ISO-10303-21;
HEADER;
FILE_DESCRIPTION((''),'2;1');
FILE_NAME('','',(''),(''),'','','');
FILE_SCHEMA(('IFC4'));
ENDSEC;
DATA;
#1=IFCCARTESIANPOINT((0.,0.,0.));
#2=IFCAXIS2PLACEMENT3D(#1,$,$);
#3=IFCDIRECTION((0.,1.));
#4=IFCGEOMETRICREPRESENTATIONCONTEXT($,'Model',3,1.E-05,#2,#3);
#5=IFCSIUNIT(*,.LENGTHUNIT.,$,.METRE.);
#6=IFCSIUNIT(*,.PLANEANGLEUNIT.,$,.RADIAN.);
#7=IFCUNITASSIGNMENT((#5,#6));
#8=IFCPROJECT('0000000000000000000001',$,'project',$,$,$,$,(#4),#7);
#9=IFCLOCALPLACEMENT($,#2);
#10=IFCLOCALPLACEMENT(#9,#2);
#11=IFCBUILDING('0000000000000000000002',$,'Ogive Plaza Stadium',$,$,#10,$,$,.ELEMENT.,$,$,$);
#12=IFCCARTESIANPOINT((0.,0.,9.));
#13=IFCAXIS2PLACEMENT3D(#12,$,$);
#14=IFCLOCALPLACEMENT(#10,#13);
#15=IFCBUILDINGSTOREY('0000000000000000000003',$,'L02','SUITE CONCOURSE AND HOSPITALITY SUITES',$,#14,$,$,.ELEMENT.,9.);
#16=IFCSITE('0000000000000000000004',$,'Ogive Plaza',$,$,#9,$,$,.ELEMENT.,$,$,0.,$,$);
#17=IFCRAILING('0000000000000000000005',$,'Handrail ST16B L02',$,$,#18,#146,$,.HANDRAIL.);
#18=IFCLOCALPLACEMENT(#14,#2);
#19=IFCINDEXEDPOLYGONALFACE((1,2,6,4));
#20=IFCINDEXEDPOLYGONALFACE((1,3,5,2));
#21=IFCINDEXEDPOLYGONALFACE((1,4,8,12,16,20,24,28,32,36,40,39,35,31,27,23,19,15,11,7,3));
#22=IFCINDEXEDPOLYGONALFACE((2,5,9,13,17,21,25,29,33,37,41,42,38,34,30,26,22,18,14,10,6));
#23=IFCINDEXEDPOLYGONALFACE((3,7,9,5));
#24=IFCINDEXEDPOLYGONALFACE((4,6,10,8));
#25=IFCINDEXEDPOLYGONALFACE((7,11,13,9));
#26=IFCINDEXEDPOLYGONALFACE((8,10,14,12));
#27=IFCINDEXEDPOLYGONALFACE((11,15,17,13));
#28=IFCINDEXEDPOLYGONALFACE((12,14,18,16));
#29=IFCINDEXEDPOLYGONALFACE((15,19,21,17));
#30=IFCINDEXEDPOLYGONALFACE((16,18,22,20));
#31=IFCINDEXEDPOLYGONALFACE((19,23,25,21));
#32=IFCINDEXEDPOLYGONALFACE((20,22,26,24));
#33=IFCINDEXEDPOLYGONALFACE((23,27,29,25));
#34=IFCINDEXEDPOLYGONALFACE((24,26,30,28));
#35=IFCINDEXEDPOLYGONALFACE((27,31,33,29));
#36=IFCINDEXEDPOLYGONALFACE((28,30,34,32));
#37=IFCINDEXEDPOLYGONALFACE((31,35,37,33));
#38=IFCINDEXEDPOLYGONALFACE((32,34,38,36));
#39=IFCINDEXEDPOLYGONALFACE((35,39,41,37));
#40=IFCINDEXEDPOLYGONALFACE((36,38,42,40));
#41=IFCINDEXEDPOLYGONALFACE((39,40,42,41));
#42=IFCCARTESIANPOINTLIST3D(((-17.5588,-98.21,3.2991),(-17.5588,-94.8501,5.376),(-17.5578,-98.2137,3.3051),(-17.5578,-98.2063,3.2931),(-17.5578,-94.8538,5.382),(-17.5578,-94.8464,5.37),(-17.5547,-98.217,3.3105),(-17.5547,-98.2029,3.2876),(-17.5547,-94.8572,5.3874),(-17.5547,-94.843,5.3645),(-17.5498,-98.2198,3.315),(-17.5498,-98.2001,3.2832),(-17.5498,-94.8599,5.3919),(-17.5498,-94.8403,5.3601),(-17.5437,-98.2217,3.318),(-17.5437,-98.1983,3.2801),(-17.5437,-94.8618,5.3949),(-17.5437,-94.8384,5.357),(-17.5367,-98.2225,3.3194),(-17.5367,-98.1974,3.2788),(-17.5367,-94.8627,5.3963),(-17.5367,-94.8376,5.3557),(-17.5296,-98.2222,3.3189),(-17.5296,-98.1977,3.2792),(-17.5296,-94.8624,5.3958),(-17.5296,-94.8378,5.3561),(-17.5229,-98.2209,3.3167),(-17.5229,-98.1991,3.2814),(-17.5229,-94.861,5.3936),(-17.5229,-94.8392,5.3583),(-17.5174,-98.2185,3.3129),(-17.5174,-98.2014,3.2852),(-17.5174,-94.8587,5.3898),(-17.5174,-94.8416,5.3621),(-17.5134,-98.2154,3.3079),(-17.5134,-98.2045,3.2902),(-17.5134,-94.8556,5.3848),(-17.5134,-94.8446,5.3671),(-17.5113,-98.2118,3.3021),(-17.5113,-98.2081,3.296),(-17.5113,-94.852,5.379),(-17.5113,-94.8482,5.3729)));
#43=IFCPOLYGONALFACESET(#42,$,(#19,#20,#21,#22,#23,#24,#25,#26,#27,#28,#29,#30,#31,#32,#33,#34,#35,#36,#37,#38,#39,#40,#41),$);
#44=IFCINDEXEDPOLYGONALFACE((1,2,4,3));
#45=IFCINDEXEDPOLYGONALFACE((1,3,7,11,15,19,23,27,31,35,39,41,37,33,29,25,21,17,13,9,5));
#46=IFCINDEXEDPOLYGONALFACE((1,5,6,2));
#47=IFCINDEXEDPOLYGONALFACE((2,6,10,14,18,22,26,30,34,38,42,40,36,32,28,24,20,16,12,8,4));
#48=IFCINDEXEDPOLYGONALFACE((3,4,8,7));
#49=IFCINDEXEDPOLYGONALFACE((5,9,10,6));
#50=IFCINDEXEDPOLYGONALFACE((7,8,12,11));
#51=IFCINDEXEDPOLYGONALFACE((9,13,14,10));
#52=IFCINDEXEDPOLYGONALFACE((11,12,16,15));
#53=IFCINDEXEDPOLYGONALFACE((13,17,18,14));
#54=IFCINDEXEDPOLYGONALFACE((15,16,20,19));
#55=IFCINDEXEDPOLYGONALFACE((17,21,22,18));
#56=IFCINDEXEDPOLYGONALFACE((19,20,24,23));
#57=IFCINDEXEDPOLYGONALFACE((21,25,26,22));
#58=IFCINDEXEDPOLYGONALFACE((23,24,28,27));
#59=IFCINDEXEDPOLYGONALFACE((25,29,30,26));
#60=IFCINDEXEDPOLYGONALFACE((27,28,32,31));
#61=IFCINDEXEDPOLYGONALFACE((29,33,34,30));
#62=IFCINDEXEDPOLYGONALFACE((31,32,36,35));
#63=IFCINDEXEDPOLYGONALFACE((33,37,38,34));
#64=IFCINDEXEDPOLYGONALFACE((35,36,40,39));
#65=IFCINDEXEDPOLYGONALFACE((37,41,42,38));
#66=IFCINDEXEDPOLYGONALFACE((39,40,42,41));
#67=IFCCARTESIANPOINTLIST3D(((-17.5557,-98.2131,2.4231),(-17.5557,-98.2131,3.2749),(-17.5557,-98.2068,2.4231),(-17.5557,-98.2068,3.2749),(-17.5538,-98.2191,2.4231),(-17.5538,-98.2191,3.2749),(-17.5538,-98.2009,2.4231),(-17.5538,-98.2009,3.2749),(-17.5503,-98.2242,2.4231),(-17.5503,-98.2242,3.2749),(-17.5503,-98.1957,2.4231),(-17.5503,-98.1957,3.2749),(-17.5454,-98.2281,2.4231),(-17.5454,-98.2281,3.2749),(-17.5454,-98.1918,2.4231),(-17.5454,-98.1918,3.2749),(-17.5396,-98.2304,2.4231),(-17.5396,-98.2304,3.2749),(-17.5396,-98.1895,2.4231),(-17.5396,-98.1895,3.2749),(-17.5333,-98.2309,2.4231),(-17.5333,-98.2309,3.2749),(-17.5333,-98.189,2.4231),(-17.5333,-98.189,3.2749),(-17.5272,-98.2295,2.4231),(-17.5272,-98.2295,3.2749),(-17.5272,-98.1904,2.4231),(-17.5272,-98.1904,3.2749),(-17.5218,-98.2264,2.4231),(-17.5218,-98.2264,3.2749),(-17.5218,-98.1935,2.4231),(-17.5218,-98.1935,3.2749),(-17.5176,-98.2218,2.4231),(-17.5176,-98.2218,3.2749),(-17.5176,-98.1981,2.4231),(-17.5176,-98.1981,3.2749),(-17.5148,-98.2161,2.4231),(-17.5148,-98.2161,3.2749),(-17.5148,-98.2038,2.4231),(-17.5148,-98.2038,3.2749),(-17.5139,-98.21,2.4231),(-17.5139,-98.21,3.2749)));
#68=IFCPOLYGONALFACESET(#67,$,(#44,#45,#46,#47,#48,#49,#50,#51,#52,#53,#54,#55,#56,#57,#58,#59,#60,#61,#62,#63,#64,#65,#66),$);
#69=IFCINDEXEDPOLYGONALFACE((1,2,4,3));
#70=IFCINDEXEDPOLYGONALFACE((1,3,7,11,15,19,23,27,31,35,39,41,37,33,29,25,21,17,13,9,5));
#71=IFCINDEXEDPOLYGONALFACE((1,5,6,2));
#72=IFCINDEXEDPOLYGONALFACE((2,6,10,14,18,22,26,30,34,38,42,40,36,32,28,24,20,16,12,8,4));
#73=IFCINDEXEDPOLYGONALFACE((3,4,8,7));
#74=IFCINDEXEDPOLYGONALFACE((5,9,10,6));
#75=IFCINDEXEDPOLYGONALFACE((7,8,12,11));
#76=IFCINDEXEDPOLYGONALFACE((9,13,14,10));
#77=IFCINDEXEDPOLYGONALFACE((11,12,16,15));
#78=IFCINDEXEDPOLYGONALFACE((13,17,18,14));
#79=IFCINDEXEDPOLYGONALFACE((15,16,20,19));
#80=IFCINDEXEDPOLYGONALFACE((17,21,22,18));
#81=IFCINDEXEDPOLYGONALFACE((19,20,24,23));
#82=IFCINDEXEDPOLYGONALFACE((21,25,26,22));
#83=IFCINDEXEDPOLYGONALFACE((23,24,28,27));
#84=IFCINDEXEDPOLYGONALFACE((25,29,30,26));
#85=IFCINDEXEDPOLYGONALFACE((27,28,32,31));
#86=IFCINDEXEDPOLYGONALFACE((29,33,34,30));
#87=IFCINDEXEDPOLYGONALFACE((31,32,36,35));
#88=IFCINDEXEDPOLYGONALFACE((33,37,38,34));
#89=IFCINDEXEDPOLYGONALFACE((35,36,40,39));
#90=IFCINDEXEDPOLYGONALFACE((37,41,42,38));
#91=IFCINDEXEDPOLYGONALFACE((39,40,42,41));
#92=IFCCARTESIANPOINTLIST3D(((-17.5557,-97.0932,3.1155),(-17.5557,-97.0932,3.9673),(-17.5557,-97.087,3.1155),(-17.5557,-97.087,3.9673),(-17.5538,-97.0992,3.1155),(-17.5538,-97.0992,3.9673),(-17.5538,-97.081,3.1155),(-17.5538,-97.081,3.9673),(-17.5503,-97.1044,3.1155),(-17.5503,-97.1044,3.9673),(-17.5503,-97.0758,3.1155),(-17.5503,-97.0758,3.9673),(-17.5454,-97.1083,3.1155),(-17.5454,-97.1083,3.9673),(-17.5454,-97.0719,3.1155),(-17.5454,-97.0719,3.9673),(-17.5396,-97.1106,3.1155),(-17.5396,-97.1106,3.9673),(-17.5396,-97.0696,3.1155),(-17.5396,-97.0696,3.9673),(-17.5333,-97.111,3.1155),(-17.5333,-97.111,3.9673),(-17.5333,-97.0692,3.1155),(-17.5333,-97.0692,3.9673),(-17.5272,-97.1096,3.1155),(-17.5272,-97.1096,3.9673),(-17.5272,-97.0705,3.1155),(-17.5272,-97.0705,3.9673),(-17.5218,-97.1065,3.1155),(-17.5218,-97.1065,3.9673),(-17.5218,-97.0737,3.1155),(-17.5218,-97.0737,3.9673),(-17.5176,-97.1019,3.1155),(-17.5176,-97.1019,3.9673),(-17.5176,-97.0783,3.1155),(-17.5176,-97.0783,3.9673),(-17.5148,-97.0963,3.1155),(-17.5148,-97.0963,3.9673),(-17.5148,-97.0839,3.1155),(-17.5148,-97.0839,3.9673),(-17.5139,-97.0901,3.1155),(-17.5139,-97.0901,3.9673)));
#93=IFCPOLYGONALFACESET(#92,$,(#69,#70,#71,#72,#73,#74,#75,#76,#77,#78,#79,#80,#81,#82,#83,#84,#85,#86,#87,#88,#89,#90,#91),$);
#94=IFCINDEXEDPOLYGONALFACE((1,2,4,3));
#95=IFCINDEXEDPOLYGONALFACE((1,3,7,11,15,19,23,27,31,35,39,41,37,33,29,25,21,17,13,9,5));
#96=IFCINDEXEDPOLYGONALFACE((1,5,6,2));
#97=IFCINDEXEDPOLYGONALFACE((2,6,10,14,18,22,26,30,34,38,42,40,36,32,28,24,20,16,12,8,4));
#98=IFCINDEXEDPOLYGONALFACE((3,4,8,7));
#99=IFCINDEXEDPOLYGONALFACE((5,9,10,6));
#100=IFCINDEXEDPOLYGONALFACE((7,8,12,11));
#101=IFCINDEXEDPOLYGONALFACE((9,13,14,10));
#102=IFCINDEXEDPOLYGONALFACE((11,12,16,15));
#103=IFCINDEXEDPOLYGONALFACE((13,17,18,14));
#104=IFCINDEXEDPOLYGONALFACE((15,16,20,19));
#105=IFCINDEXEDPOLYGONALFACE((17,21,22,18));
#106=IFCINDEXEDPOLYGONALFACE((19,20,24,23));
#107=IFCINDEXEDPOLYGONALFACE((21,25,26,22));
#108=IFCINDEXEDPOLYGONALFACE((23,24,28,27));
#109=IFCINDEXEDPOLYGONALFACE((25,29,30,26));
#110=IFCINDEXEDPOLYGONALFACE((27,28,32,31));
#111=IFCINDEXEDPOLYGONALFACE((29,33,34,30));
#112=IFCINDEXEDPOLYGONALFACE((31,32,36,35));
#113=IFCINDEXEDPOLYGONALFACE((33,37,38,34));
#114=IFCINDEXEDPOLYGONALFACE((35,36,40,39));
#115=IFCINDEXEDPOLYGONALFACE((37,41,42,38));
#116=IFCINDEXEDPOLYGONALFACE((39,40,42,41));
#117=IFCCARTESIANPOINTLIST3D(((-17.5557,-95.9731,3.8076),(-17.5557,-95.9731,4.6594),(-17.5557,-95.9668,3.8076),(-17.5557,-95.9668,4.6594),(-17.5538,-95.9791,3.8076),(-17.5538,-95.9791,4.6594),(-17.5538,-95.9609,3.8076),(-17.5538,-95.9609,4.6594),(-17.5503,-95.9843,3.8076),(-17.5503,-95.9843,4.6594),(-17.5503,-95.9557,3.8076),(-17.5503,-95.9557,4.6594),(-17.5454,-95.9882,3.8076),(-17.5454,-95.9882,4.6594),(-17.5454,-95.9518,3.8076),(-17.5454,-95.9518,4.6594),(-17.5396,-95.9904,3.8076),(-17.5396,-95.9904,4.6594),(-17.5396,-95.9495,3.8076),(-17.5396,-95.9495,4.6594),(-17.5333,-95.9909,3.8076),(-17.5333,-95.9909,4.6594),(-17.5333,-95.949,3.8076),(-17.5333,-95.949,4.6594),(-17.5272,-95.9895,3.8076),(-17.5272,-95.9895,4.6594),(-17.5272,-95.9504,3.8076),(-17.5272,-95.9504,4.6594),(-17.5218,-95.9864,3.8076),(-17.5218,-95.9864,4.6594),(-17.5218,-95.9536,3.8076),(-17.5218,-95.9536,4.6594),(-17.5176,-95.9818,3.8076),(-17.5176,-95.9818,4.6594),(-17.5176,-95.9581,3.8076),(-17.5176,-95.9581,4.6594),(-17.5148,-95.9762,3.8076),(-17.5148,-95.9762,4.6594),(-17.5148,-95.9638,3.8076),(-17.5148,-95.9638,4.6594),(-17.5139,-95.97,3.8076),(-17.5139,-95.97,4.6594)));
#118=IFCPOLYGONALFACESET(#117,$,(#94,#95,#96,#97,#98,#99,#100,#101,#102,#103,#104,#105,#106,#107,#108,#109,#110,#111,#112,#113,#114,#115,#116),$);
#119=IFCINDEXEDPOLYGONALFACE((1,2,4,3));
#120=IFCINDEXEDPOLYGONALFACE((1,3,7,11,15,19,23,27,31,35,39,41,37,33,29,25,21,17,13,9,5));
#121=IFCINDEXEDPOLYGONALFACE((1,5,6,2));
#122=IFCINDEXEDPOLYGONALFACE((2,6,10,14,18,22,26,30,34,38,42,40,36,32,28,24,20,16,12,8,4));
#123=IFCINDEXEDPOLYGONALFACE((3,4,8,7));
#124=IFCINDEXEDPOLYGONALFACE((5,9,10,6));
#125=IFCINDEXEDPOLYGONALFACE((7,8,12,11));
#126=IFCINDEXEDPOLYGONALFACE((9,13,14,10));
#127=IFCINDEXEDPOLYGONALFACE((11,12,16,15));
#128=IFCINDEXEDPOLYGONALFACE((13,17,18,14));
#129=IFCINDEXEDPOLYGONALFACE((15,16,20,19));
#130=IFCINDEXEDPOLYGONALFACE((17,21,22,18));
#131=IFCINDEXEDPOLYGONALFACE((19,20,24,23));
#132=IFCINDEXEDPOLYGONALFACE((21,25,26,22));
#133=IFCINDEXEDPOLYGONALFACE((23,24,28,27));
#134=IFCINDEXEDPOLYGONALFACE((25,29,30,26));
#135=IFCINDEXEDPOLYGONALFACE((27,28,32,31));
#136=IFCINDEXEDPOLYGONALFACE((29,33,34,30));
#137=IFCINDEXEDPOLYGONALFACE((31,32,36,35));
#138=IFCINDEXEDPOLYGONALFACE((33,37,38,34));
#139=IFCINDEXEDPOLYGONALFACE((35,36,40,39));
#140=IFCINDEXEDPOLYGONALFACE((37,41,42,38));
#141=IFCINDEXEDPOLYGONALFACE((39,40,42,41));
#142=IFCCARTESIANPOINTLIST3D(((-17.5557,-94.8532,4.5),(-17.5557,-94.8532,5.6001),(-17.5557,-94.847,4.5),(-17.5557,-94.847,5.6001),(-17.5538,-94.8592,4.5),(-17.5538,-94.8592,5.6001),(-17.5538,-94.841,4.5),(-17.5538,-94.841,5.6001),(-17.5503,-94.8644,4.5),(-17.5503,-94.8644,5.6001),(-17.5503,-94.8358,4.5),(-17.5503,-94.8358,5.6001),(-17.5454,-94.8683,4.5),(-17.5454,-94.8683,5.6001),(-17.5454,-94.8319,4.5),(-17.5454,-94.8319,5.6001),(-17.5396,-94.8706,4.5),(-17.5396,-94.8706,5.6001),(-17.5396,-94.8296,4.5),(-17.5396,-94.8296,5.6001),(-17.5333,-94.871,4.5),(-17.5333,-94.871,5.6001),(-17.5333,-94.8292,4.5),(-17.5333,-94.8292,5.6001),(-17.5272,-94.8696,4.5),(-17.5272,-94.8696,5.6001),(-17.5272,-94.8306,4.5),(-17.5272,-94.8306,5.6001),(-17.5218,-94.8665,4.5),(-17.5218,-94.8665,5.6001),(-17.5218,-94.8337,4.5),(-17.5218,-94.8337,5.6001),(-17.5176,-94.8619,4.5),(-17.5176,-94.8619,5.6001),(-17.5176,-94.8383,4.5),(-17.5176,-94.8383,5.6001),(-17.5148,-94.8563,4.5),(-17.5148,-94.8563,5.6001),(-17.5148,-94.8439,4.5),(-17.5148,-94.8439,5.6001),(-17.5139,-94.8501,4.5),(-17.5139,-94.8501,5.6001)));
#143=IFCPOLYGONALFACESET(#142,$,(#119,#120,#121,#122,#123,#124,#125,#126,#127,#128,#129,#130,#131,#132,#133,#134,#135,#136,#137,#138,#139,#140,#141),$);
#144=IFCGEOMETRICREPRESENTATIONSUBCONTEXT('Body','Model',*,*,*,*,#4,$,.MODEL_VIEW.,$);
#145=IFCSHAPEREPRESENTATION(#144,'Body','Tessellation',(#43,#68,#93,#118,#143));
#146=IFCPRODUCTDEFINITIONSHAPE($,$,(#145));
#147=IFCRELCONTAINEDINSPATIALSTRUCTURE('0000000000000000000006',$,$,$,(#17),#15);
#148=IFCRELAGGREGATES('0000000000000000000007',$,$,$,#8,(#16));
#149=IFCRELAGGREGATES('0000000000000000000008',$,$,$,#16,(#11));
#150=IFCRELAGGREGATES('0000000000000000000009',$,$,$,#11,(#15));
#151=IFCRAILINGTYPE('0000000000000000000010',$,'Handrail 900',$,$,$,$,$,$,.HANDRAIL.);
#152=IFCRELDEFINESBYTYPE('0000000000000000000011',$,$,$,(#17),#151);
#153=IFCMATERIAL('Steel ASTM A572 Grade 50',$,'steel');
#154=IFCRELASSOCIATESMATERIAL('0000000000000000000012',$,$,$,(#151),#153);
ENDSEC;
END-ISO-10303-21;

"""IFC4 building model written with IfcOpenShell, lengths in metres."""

from ifc_helpers import new_model, si_unit, direction, frame, origin, origin_2d, place, context, subcontext, project, spatial, circle, extrude, material, type_object, element, save


model = new_model("IFC4")

# Units and contexts
model_context = context("Model", 3, precision=1e-05, world=origin(), true_north=direction((0.0, 1.0)))
body_context = subcontext(model_context, "Body", "Model", "MODEL_VIEW")
ifc_project = project(units=[si_unit("LENGTHUNIT", "METRE"), si_unit("PLANEANGLEUNIT", "RADIAN")], contexts=[model_context])

# Site, building, storey
site_placement = place(None, origin())
site = spatial("IfcSite", under=ifc_project, at=site_placement, Name="Ogive Plaza", CompositionType="ELEMENT", RefElevation=0.0)
building_placement = place(site_placement, origin())
building = spatial("IfcBuilding", under=site, at=building_placement, Name="Ogive Plaza Stadium", CompositionType="ELEMENT")
storey_placement = place(building_placement, frame((0.0, 0.0, 9.0)))
storey = spatial("IfcBuildingStorey", under=building, at=storey_placement, Name="L02", Description="SUITE CONCOURSE AND HOSPITALITY SUITES", CompositionType="ELEMENT", Elevation=9.0)

# Railing
ifc_material_1 = material(Name="Steel ASTM A572 Grade 50", Category="steel")
railing_type_1 = type_object("IfcRailingType", Name="Handrail 900", PredefinedType="HANDRAIL", material=ifc_material_1)
for number, where, name in (
    (1, (-17.5349, -98.21, 2.4231), "Handrail ST16B L02"),
):
    element("IfcRailing", number, at=place(storey_placement, frame(where)), inside=storey, type_object=railing_type_1, Name=name, PredefinedType="HANDRAIL", context=body_context, shape_type="SweptSolid", body=[
        extrude(circle(Radius=0.0239, at=origin_2d()), frame((0.0, 0.0, 0.876), z_axis=(0.0, 0.850606, 0.525803), x_axis=(-1.0, 0.0, 0.0)), (0.0, 0.0, 1.0), 3.95),
        extrude(circle(Radius=0.021, at=origin_2d()), origin(), (0.0, 0.0, 1.0), 0.8518),
        extrude(circle(Radius=0.021, at=origin_2d()), frame((0.0, 1.1199, 0.6924)), (0.0, 0.0, 1.0), 0.8518),
        extrude(circle(Radius=0.021, at=origin_2d()), frame((0.0, 2.24, 1.3845)), (0.0, 0.0, 1.0), 0.8518),
        extrude(circle(Radius=0.021, at=origin_2d()), frame((0.0, 3.3599, 2.0769)), (0.0, 0.0, 1.0), 1.1001),
    ])

save(model, "model.ifc")
